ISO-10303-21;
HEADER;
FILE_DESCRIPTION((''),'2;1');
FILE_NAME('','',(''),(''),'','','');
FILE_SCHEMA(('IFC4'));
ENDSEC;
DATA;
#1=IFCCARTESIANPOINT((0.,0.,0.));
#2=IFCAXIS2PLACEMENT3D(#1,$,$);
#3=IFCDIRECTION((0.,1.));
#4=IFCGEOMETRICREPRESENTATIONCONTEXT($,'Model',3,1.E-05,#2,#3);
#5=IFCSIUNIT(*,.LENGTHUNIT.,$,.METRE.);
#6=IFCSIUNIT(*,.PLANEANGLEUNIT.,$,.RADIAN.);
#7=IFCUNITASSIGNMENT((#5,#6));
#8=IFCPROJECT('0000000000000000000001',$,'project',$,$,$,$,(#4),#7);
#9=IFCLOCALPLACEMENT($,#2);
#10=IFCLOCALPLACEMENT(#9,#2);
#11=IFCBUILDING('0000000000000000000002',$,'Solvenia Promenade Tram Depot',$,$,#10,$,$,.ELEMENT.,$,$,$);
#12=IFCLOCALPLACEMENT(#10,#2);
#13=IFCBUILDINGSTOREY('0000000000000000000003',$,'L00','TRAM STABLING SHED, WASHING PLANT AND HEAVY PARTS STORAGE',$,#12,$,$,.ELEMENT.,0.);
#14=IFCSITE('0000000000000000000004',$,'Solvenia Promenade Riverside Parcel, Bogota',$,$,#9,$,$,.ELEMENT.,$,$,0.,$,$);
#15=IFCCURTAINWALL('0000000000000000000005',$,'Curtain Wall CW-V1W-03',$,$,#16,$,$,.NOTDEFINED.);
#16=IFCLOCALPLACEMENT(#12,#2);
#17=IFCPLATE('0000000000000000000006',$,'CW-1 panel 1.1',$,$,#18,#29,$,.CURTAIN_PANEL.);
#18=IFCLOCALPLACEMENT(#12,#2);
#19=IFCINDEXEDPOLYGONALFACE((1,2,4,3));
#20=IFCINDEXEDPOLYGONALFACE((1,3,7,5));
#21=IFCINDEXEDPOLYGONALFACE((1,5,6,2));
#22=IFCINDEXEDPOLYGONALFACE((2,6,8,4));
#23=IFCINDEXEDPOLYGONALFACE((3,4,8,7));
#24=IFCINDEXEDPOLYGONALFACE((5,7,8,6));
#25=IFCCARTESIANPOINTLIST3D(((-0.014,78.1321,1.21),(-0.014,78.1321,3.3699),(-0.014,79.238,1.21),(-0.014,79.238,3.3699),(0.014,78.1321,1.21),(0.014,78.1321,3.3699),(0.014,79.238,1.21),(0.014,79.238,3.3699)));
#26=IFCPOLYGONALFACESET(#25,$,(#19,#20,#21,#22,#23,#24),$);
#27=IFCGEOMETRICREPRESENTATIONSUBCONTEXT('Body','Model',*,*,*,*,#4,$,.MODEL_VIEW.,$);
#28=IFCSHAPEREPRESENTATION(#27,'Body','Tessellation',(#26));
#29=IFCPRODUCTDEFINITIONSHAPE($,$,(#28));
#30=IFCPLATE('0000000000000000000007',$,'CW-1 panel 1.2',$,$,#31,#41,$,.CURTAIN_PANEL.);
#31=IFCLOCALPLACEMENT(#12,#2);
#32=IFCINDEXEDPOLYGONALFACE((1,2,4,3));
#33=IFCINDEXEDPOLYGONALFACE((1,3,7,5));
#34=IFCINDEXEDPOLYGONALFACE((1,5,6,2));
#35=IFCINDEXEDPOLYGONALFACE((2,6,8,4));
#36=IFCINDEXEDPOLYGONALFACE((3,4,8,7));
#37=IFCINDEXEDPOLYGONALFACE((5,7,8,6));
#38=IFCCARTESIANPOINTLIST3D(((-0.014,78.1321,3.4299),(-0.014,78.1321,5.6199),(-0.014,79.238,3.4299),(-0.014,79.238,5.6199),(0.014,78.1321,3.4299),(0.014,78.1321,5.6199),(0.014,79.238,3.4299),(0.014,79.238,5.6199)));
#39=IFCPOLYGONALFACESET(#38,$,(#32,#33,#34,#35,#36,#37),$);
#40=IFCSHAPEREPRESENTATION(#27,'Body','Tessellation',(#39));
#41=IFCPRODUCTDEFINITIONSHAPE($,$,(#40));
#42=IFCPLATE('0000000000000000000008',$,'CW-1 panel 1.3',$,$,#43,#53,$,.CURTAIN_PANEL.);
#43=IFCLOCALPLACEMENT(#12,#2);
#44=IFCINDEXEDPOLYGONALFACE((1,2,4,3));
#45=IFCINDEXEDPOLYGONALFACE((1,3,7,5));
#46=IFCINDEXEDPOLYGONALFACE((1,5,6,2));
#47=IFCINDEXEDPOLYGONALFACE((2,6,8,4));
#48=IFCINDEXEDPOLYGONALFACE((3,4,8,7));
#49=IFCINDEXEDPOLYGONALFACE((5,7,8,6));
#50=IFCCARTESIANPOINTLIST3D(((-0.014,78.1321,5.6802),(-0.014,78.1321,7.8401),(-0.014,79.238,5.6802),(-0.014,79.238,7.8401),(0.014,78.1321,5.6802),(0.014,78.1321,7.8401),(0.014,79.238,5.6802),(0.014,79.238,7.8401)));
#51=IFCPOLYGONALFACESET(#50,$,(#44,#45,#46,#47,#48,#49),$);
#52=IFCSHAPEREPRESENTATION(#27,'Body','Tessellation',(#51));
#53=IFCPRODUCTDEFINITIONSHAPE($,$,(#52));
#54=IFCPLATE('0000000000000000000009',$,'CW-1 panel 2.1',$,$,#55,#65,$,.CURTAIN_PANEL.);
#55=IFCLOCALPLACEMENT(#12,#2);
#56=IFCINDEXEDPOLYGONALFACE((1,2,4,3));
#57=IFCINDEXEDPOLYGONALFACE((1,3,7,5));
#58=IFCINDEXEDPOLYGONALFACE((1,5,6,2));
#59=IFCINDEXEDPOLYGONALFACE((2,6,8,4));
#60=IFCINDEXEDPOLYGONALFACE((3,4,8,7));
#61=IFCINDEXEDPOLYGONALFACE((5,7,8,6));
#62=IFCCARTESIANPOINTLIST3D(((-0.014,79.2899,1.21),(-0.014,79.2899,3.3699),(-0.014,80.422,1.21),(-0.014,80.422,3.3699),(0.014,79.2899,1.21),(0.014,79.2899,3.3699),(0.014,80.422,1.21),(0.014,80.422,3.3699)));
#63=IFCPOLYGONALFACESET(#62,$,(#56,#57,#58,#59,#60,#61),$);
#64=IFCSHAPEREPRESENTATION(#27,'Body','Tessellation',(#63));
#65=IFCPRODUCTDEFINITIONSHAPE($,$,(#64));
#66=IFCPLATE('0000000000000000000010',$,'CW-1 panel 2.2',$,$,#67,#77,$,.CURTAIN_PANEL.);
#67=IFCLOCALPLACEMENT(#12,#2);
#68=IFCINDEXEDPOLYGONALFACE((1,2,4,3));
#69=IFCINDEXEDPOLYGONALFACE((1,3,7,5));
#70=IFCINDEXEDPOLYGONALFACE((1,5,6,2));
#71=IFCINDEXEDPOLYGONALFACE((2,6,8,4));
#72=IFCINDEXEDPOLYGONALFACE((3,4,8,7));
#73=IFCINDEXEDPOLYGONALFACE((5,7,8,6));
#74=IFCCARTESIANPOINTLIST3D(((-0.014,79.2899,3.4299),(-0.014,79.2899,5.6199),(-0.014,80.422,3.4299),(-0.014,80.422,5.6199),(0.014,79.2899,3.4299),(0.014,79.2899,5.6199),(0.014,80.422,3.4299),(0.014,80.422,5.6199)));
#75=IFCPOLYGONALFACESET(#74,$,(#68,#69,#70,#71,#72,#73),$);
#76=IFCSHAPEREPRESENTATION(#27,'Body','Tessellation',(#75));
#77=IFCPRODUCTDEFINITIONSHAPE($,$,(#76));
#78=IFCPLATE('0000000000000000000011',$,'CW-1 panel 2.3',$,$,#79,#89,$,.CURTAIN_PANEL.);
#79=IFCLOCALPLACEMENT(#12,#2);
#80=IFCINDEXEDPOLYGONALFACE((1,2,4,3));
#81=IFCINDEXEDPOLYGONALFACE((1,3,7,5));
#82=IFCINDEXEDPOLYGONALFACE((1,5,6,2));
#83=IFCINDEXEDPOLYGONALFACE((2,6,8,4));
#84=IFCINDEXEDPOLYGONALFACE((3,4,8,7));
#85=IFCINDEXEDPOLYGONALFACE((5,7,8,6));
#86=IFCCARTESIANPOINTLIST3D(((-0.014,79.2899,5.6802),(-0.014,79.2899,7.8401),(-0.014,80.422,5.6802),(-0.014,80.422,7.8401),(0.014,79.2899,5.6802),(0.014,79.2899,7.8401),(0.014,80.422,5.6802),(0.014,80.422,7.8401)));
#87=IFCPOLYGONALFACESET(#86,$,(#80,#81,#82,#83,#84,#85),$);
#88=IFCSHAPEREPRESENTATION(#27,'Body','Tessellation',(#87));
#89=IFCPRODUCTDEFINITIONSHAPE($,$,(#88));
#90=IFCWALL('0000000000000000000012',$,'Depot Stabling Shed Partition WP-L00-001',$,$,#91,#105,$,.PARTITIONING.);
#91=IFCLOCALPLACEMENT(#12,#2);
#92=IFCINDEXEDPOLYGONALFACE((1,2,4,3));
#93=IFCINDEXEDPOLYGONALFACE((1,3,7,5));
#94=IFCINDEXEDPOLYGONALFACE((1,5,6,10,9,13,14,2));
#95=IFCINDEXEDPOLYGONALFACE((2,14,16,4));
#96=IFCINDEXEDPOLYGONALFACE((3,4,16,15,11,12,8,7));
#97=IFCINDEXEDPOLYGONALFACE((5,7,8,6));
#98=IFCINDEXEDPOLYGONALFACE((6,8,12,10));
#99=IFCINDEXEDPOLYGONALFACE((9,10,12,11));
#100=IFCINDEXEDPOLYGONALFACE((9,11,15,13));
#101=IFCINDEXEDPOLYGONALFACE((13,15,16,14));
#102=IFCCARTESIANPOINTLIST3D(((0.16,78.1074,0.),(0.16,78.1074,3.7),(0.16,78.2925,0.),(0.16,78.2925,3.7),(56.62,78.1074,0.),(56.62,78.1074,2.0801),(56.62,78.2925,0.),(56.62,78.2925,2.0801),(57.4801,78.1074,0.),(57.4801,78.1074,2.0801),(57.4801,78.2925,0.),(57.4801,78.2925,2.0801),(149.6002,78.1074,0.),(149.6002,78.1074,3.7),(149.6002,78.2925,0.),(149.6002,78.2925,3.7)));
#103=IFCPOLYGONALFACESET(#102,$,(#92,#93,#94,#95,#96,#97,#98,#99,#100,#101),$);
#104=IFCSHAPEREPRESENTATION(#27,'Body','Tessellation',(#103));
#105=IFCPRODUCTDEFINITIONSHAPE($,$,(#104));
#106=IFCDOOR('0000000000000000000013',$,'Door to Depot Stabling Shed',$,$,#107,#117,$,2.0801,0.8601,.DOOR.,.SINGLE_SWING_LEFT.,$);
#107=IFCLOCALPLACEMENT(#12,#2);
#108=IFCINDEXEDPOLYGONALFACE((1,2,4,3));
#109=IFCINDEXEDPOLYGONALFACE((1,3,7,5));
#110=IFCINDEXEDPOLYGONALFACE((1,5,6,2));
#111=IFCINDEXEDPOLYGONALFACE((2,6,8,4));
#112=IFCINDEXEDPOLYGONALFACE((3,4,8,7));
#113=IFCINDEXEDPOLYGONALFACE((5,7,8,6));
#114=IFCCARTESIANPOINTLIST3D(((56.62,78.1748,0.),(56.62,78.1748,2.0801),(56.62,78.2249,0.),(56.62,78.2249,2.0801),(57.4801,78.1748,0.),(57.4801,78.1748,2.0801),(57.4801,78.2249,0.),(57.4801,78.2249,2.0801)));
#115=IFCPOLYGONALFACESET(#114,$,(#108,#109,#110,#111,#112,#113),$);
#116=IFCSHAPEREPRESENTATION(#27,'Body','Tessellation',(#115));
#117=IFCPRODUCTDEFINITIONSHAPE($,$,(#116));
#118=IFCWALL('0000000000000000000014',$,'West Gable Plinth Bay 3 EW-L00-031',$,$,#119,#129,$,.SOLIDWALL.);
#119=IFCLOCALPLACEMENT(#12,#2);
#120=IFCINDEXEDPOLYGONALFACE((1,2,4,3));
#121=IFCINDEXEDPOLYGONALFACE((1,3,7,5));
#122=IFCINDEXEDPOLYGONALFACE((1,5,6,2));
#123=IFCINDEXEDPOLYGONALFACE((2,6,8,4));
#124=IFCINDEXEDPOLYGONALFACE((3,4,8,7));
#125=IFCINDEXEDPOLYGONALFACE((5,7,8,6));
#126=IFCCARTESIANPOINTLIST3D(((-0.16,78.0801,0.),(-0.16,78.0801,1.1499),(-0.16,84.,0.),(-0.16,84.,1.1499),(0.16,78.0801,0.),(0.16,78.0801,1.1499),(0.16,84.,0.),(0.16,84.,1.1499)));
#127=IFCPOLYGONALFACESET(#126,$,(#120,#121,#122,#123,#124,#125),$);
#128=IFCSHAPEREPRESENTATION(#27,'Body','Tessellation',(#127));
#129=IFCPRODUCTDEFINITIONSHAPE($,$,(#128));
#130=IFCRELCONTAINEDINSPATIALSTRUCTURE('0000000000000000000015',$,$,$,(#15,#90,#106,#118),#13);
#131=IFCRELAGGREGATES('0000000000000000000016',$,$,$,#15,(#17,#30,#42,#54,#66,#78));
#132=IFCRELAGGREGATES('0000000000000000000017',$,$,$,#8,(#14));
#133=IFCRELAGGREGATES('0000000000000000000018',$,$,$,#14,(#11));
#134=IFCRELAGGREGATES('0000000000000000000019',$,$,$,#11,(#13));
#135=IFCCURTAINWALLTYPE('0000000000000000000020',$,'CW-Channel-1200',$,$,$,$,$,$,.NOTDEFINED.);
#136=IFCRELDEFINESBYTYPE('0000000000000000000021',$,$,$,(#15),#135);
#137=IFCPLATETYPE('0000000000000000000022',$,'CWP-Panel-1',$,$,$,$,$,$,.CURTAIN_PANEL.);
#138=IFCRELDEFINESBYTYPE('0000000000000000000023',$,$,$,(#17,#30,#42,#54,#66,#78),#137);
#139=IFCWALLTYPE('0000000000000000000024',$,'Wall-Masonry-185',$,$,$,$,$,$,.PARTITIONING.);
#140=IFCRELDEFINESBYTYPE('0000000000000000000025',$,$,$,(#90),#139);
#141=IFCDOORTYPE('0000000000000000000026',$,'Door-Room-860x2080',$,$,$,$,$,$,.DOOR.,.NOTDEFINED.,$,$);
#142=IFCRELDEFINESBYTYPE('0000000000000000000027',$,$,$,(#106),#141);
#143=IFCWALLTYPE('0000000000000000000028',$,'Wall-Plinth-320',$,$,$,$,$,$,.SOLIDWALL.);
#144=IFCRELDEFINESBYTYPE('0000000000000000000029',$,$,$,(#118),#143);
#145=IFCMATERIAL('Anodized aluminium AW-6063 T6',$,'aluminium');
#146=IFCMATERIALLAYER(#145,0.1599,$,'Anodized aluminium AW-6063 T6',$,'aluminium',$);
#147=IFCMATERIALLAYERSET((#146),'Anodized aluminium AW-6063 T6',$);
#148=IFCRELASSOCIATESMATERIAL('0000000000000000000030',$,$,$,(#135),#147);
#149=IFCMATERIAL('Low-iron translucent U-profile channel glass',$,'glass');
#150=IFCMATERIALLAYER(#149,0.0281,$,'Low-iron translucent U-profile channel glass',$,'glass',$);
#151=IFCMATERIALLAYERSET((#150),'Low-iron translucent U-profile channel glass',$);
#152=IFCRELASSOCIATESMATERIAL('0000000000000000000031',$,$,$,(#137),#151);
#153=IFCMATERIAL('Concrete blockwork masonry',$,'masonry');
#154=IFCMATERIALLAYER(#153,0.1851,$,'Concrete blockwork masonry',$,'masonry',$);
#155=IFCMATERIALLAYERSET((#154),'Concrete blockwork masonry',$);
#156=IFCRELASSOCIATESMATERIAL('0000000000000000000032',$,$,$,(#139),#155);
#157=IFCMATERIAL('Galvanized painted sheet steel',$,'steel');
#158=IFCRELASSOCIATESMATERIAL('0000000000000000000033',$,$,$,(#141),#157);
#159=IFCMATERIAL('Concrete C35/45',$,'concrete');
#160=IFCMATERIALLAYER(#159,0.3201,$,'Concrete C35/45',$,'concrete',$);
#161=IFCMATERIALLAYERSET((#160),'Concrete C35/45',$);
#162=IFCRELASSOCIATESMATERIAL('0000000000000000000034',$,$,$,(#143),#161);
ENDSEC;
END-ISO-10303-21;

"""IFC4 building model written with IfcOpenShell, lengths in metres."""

from ifc_helpers import new_model, si_unit, direction, frame, frame_2d, origin, origin_2d, place, context, subcontext, project, spatial, rectangle, extrude, material, layer, layer_set, type_object, element, fill, aggregate, save


model = new_model("IFC4")

# Units and contexts
model_context = context("Model", 3, precision=1e-05, world=origin(), true_north=direction((0.0, 1.0)))
body_context = subcontext(model_context, "Body", "Model", "MODEL_VIEW")
ifc_project = project(units=[si_unit("LENGTHUNIT", "METRE"), si_unit("PLANEANGLEUNIT", "RADIAN")], contexts=[model_context])

# Site, building, storey
site_placement = place(None, origin())
site = spatial("IfcSite", under=ifc_project, at=site_placement, Name="Solvenia Promenade Riverside Parcel, Bogota", CompositionType="ELEMENT", RefElevation=0.0)
building_placement = place(site_placement, origin())
building = spatial("IfcBuilding", under=site, at=building_placement, Name="Solvenia Promenade Tram Depot", CompositionType="ELEMENT")
storey_placement = place(building_placement, origin())
storey = spatial("IfcBuildingStorey", under=building, at=storey_placement, Name="L00", Description="TRAM STABLING SHED, WASHING PLANT AND HEAVY PARTS STORAGE", CompositionType="ELEMENT", Elevation=0.0)

# Shared definitions
ifc_material_1 = material(Name="Anodized aluminium AW-6063 T6", Category="aluminium")
ifc_layer_1 = layer(ifc_material_1, 0.1599, Name="Anodized aluminium AW-6063 T6", Category="aluminium")
ifc_layer_set_1 = layer_set([ifc_layer_1], Name="Anodized aluminium AW-6063 T6")
curtain_wall_type = type_object("IfcCurtainWallType", Name="CW-Channel-1200", PredefinedType="NOTDEFINED", material=ifc_layer_set_1)

# Curtain wall
curtain_wall_1_placement = place(storey_placement, origin())
curtain_wall_1 = element("IfcCurtainWall", 1, at=curtain_wall_1_placement, inside=storey, type_object=curtain_wall_type, Name="Curtain Wall CW-V1W-03", PredefinedType="NOTDEFINED")

# Plates
ifc_material_2 = material(Name="Low-iron translucent U-profile channel glass", Category="glass")
ifc_layer_2 = layer(ifc_material_2, 0.0281, Name="Low-iron translucent U-profile channel glass", Category="glass")
ifc_layer_set_2 = layer_set([ifc_layer_2], Name="Low-iron translucent U-profile channel glass")
plate_type = type_object("IfcPlateType", Name="CWP-Panel-1", PredefinedType="CURTAIN_PANEL", material=ifc_layer_set_2)
plate_1_placement = place(storey_placement, frame((0.0, 78.6851, 1.21), z_axis=(0.0, 0.0, 1.0), x_axis=(0.0, 1.0, 0.0)))
plate_1 = element("IfcPlate", 2, at=plate_1_placement, type_object=plate_type, Name="CW-1 panel 1.1", PredefinedType="CURTAIN_PANEL", context=body_context, shape_type="SweptSolid", body=[
    extrude(rectangle(XDim=1.106, YDim=0.0281, at=origin_2d()), origin(), (0.0, 0.0, 1.0), 2.1599),
])
plate_2_placement = place(storey_placement, frame((0.0, 78.6851, 3.4299), z_axis=(0.0, 0.0, 1.0), x_axis=(0.0, 1.0, 0.0)))
plate_2 = element("IfcPlate", 3, at=plate_2_placement, type_object=plate_type, Name="CW-1 panel 1.2", PredefinedType="CURTAIN_PANEL", context=body_context, shape_type="SweptSolid", body=[
    extrude(rectangle(XDim=1.106, YDim=0.0281, at=origin_2d()), origin(), (0.0, 0.0, 1.0), 2.1899),
])
plate_3_placement = place(storey_placement, frame((0.0, 78.6851, 5.6802), z_axis=(0.0, 0.0, 1.0), x_axis=(0.0, 1.0, 0.0)))
plate_3 = element("IfcPlate", 4, at=plate_3_placement, type_object=plate_type, Name="CW-1 panel 1.3", PredefinedType="CURTAIN_PANEL", context=body_context, shape_type="SweptSolid", body=[
    extrude(rectangle(XDim=1.106, YDim=0.0281, at=origin_2d()), origin(), (0.0, 0.0, 1.0), 2.1599),
])
plate_4_placement = place(storey_placement, frame((0.0, 79.856, 1.21), z_axis=(0.0, 0.0, 1.0), x_axis=(0.0, 1.0, 0.0)))
plate_4 = element("IfcPlate", 5, at=plate_4_placement, type_object=plate_type, Name="CW-1 panel 2.1", PredefinedType="CURTAIN_PANEL", context=body_context, shape_type="SweptSolid", body=[
    extrude(rectangle(XDim=1.1321, YDim=0.0281, at=origin_2d()), origin(), (0.0, 0.0, 1.0), 2.1599),
])
plate_5_placement = place(storey_placement, frame((0.0, 79.856, 3.4299), z_axis=(0.0, 0.0, 1.0), x_axis=(0.0, 1.0, 0.0)))
plate_5 = element("IfcPlate", 6, at=plate_5_placement, type_object=plate_type, Name="CW-1 panel 2.2", PredefinedType="CURTAIN_PANEL", context=body_context, shape_type="SweptSolid", body=[
    extrude(rectangle(XDim=1.1321, YDim=0.0281, at=origin_2d()), origin(), (0.0, 0.0, 1.0), 2.1899),
])
plate_6_placement = place(storey_placement, frame((0.0, 79.856, 5.6802), z_axis=(0.0, 0.0, 1.0), x_axis=(0.0, 1.0, 0.0)))
plate_6 = element("IfcPlate", 7, at=plate_6_placement, type_object=plate_type, Name="CW-1 panel 2.3", PredefinedType="CURTAIN_PANEL", context=body_context, shape_type="SweptSolid", body=[
    extrude(rectangle(XDim=1.1321, YDim=0.0281, at=origin_2d()), origin(), (0.0, 0.0, 1.0), 2.1599),
])
aggregate(curtain_wall_1, [plate_1, plate_2, plate_3, plate_4, plate_5, plate_6])

# Wall, opening, door
ifc_material_3 = material(Name="Concrete blockwork masonry", Category="masonry")
ifc_layer_3 = layer(ifc_material_3, 0.1851, Name="Concrete blockwork masonry", Category="masonry")
ifc_layer_set_3 = layer_set([ifc_layer_3], Name="Concrete blockwork masonry")
wall_type_1 = type_object("IfcWallType", Name="Wall-Masonry-185", PredefinedType="PARTITIONING", material=ifc_layer_set_3)
wall_1_placement = place(storey_placement, frame((0.1599, 78.2, 0.0), z_axis=(0.0, 0.0, 1.0), x_axis=(1.0, 0.0, 0.0)))
wall_1 = element("IfcWall", 8, at=wall_1_placement, inside=storey, type_object=wall_type_1, Name="Depot Stabling Shed Partition WP-L00-001", PredefinedType="PARTITIONING", context=body_context, shape_type="SweptSolid", body=[
    extrude(rectangle(XDim=149.4402, YDim=0.1851, at=frame_2d((74.7202, 0.0))), origin(), (0.0, 0.0, 1.0), 3.7),
])
opening_placement = place(wall_1_placement, frame((56.46, 0.0, 0.0)))
opening = element("IfcOpeningElement", 9, at=opening_placement, cuts=wall_1, PredefinedType="OPENING", context=body_context, shape_type="SweptSolid", body=[
    extrude(rectangle(XDim=0.8601, YDim=2.0801, at=frame_2d((0.4302, 1.04))), frame((0.0, 0.1025, 0.0), z_axis=(0.0, -1.0, 0.0), x_axis=(1.0, 0.0, 0.0)), (0.0, 0.0, 1.0), 0.2051),
])
ifc_material_4 = material(Name="Galvanized painted sheet steel", Category="steel")
door_type = type_object("IfcDoorType", Name="Door-Room-860x2080", OperationType="NOTDEFINED", PredefinedType="DOOR", material=ifc_material_4)
door_placement = place(opening_placement, origin())
door = element("IfcDoor", 10, at=door_placement, inside=storey, type_object=door_type, Name="Door to Depot Stabling Shed", OperationType="SINGLE_SWING_LEFT", OverallHeight=2.0801, OverallWidth=0.8601, PredefinedType="DOOR", context=body_context, shape_type="SweptSolid", body=[
    extrude(rectangle(XDim=0.8601, YDim=2.0801, at=frame_2d((0.4302, 1.04))), frame((0.0, 0.0249, 0.0), z_axis=(0.0, -1.0, 0.0), x_axis=(1.0, 0.0, 0.0)), (0.0, 0.0, 1.0), 0.05),
])
fill(opening, door)

# Wall
ifc_material_5 = material(Name="Concrete C35/45", Category="concrete")
ifc_layer_4 = layer(ifc_material_5, 0.3201, Name="Concrete C35/45", Category="concrete")
ifc_layer_set_4 = layer_set([ifc_layer_4], Name="Concrete C35/45")
wall_type_2 = type_object("IfcWallType", Name="Wall-Plinth-320", PredefinedType="SOLIDWALL", material=ifc_layer_set_4)
wall_2_placement = place(storey_placement, frame((0.0, 78.0801, 0.0), z_axis=(0.0, 0.0, 1.0), x_axis=(0.0, 1.0, 0.0)))
element("IfcWall", 11, at=wall_2_placement, inside=storey, type_object=wall_type_2, Name="West Gable Plinth Bay 3 EW-L00-031", PredefinedType="SOLIDWALL", context=body_context, shape_type="SweptSolid", body=[
    extrude(rectangle(XDim=5.9199, YDim=0.3201, at=frame_2d((2.96, 0.0))), origin(), (0.0, 0.0, 1.0), 1.1499),
])

save(model, "model.ifc")
